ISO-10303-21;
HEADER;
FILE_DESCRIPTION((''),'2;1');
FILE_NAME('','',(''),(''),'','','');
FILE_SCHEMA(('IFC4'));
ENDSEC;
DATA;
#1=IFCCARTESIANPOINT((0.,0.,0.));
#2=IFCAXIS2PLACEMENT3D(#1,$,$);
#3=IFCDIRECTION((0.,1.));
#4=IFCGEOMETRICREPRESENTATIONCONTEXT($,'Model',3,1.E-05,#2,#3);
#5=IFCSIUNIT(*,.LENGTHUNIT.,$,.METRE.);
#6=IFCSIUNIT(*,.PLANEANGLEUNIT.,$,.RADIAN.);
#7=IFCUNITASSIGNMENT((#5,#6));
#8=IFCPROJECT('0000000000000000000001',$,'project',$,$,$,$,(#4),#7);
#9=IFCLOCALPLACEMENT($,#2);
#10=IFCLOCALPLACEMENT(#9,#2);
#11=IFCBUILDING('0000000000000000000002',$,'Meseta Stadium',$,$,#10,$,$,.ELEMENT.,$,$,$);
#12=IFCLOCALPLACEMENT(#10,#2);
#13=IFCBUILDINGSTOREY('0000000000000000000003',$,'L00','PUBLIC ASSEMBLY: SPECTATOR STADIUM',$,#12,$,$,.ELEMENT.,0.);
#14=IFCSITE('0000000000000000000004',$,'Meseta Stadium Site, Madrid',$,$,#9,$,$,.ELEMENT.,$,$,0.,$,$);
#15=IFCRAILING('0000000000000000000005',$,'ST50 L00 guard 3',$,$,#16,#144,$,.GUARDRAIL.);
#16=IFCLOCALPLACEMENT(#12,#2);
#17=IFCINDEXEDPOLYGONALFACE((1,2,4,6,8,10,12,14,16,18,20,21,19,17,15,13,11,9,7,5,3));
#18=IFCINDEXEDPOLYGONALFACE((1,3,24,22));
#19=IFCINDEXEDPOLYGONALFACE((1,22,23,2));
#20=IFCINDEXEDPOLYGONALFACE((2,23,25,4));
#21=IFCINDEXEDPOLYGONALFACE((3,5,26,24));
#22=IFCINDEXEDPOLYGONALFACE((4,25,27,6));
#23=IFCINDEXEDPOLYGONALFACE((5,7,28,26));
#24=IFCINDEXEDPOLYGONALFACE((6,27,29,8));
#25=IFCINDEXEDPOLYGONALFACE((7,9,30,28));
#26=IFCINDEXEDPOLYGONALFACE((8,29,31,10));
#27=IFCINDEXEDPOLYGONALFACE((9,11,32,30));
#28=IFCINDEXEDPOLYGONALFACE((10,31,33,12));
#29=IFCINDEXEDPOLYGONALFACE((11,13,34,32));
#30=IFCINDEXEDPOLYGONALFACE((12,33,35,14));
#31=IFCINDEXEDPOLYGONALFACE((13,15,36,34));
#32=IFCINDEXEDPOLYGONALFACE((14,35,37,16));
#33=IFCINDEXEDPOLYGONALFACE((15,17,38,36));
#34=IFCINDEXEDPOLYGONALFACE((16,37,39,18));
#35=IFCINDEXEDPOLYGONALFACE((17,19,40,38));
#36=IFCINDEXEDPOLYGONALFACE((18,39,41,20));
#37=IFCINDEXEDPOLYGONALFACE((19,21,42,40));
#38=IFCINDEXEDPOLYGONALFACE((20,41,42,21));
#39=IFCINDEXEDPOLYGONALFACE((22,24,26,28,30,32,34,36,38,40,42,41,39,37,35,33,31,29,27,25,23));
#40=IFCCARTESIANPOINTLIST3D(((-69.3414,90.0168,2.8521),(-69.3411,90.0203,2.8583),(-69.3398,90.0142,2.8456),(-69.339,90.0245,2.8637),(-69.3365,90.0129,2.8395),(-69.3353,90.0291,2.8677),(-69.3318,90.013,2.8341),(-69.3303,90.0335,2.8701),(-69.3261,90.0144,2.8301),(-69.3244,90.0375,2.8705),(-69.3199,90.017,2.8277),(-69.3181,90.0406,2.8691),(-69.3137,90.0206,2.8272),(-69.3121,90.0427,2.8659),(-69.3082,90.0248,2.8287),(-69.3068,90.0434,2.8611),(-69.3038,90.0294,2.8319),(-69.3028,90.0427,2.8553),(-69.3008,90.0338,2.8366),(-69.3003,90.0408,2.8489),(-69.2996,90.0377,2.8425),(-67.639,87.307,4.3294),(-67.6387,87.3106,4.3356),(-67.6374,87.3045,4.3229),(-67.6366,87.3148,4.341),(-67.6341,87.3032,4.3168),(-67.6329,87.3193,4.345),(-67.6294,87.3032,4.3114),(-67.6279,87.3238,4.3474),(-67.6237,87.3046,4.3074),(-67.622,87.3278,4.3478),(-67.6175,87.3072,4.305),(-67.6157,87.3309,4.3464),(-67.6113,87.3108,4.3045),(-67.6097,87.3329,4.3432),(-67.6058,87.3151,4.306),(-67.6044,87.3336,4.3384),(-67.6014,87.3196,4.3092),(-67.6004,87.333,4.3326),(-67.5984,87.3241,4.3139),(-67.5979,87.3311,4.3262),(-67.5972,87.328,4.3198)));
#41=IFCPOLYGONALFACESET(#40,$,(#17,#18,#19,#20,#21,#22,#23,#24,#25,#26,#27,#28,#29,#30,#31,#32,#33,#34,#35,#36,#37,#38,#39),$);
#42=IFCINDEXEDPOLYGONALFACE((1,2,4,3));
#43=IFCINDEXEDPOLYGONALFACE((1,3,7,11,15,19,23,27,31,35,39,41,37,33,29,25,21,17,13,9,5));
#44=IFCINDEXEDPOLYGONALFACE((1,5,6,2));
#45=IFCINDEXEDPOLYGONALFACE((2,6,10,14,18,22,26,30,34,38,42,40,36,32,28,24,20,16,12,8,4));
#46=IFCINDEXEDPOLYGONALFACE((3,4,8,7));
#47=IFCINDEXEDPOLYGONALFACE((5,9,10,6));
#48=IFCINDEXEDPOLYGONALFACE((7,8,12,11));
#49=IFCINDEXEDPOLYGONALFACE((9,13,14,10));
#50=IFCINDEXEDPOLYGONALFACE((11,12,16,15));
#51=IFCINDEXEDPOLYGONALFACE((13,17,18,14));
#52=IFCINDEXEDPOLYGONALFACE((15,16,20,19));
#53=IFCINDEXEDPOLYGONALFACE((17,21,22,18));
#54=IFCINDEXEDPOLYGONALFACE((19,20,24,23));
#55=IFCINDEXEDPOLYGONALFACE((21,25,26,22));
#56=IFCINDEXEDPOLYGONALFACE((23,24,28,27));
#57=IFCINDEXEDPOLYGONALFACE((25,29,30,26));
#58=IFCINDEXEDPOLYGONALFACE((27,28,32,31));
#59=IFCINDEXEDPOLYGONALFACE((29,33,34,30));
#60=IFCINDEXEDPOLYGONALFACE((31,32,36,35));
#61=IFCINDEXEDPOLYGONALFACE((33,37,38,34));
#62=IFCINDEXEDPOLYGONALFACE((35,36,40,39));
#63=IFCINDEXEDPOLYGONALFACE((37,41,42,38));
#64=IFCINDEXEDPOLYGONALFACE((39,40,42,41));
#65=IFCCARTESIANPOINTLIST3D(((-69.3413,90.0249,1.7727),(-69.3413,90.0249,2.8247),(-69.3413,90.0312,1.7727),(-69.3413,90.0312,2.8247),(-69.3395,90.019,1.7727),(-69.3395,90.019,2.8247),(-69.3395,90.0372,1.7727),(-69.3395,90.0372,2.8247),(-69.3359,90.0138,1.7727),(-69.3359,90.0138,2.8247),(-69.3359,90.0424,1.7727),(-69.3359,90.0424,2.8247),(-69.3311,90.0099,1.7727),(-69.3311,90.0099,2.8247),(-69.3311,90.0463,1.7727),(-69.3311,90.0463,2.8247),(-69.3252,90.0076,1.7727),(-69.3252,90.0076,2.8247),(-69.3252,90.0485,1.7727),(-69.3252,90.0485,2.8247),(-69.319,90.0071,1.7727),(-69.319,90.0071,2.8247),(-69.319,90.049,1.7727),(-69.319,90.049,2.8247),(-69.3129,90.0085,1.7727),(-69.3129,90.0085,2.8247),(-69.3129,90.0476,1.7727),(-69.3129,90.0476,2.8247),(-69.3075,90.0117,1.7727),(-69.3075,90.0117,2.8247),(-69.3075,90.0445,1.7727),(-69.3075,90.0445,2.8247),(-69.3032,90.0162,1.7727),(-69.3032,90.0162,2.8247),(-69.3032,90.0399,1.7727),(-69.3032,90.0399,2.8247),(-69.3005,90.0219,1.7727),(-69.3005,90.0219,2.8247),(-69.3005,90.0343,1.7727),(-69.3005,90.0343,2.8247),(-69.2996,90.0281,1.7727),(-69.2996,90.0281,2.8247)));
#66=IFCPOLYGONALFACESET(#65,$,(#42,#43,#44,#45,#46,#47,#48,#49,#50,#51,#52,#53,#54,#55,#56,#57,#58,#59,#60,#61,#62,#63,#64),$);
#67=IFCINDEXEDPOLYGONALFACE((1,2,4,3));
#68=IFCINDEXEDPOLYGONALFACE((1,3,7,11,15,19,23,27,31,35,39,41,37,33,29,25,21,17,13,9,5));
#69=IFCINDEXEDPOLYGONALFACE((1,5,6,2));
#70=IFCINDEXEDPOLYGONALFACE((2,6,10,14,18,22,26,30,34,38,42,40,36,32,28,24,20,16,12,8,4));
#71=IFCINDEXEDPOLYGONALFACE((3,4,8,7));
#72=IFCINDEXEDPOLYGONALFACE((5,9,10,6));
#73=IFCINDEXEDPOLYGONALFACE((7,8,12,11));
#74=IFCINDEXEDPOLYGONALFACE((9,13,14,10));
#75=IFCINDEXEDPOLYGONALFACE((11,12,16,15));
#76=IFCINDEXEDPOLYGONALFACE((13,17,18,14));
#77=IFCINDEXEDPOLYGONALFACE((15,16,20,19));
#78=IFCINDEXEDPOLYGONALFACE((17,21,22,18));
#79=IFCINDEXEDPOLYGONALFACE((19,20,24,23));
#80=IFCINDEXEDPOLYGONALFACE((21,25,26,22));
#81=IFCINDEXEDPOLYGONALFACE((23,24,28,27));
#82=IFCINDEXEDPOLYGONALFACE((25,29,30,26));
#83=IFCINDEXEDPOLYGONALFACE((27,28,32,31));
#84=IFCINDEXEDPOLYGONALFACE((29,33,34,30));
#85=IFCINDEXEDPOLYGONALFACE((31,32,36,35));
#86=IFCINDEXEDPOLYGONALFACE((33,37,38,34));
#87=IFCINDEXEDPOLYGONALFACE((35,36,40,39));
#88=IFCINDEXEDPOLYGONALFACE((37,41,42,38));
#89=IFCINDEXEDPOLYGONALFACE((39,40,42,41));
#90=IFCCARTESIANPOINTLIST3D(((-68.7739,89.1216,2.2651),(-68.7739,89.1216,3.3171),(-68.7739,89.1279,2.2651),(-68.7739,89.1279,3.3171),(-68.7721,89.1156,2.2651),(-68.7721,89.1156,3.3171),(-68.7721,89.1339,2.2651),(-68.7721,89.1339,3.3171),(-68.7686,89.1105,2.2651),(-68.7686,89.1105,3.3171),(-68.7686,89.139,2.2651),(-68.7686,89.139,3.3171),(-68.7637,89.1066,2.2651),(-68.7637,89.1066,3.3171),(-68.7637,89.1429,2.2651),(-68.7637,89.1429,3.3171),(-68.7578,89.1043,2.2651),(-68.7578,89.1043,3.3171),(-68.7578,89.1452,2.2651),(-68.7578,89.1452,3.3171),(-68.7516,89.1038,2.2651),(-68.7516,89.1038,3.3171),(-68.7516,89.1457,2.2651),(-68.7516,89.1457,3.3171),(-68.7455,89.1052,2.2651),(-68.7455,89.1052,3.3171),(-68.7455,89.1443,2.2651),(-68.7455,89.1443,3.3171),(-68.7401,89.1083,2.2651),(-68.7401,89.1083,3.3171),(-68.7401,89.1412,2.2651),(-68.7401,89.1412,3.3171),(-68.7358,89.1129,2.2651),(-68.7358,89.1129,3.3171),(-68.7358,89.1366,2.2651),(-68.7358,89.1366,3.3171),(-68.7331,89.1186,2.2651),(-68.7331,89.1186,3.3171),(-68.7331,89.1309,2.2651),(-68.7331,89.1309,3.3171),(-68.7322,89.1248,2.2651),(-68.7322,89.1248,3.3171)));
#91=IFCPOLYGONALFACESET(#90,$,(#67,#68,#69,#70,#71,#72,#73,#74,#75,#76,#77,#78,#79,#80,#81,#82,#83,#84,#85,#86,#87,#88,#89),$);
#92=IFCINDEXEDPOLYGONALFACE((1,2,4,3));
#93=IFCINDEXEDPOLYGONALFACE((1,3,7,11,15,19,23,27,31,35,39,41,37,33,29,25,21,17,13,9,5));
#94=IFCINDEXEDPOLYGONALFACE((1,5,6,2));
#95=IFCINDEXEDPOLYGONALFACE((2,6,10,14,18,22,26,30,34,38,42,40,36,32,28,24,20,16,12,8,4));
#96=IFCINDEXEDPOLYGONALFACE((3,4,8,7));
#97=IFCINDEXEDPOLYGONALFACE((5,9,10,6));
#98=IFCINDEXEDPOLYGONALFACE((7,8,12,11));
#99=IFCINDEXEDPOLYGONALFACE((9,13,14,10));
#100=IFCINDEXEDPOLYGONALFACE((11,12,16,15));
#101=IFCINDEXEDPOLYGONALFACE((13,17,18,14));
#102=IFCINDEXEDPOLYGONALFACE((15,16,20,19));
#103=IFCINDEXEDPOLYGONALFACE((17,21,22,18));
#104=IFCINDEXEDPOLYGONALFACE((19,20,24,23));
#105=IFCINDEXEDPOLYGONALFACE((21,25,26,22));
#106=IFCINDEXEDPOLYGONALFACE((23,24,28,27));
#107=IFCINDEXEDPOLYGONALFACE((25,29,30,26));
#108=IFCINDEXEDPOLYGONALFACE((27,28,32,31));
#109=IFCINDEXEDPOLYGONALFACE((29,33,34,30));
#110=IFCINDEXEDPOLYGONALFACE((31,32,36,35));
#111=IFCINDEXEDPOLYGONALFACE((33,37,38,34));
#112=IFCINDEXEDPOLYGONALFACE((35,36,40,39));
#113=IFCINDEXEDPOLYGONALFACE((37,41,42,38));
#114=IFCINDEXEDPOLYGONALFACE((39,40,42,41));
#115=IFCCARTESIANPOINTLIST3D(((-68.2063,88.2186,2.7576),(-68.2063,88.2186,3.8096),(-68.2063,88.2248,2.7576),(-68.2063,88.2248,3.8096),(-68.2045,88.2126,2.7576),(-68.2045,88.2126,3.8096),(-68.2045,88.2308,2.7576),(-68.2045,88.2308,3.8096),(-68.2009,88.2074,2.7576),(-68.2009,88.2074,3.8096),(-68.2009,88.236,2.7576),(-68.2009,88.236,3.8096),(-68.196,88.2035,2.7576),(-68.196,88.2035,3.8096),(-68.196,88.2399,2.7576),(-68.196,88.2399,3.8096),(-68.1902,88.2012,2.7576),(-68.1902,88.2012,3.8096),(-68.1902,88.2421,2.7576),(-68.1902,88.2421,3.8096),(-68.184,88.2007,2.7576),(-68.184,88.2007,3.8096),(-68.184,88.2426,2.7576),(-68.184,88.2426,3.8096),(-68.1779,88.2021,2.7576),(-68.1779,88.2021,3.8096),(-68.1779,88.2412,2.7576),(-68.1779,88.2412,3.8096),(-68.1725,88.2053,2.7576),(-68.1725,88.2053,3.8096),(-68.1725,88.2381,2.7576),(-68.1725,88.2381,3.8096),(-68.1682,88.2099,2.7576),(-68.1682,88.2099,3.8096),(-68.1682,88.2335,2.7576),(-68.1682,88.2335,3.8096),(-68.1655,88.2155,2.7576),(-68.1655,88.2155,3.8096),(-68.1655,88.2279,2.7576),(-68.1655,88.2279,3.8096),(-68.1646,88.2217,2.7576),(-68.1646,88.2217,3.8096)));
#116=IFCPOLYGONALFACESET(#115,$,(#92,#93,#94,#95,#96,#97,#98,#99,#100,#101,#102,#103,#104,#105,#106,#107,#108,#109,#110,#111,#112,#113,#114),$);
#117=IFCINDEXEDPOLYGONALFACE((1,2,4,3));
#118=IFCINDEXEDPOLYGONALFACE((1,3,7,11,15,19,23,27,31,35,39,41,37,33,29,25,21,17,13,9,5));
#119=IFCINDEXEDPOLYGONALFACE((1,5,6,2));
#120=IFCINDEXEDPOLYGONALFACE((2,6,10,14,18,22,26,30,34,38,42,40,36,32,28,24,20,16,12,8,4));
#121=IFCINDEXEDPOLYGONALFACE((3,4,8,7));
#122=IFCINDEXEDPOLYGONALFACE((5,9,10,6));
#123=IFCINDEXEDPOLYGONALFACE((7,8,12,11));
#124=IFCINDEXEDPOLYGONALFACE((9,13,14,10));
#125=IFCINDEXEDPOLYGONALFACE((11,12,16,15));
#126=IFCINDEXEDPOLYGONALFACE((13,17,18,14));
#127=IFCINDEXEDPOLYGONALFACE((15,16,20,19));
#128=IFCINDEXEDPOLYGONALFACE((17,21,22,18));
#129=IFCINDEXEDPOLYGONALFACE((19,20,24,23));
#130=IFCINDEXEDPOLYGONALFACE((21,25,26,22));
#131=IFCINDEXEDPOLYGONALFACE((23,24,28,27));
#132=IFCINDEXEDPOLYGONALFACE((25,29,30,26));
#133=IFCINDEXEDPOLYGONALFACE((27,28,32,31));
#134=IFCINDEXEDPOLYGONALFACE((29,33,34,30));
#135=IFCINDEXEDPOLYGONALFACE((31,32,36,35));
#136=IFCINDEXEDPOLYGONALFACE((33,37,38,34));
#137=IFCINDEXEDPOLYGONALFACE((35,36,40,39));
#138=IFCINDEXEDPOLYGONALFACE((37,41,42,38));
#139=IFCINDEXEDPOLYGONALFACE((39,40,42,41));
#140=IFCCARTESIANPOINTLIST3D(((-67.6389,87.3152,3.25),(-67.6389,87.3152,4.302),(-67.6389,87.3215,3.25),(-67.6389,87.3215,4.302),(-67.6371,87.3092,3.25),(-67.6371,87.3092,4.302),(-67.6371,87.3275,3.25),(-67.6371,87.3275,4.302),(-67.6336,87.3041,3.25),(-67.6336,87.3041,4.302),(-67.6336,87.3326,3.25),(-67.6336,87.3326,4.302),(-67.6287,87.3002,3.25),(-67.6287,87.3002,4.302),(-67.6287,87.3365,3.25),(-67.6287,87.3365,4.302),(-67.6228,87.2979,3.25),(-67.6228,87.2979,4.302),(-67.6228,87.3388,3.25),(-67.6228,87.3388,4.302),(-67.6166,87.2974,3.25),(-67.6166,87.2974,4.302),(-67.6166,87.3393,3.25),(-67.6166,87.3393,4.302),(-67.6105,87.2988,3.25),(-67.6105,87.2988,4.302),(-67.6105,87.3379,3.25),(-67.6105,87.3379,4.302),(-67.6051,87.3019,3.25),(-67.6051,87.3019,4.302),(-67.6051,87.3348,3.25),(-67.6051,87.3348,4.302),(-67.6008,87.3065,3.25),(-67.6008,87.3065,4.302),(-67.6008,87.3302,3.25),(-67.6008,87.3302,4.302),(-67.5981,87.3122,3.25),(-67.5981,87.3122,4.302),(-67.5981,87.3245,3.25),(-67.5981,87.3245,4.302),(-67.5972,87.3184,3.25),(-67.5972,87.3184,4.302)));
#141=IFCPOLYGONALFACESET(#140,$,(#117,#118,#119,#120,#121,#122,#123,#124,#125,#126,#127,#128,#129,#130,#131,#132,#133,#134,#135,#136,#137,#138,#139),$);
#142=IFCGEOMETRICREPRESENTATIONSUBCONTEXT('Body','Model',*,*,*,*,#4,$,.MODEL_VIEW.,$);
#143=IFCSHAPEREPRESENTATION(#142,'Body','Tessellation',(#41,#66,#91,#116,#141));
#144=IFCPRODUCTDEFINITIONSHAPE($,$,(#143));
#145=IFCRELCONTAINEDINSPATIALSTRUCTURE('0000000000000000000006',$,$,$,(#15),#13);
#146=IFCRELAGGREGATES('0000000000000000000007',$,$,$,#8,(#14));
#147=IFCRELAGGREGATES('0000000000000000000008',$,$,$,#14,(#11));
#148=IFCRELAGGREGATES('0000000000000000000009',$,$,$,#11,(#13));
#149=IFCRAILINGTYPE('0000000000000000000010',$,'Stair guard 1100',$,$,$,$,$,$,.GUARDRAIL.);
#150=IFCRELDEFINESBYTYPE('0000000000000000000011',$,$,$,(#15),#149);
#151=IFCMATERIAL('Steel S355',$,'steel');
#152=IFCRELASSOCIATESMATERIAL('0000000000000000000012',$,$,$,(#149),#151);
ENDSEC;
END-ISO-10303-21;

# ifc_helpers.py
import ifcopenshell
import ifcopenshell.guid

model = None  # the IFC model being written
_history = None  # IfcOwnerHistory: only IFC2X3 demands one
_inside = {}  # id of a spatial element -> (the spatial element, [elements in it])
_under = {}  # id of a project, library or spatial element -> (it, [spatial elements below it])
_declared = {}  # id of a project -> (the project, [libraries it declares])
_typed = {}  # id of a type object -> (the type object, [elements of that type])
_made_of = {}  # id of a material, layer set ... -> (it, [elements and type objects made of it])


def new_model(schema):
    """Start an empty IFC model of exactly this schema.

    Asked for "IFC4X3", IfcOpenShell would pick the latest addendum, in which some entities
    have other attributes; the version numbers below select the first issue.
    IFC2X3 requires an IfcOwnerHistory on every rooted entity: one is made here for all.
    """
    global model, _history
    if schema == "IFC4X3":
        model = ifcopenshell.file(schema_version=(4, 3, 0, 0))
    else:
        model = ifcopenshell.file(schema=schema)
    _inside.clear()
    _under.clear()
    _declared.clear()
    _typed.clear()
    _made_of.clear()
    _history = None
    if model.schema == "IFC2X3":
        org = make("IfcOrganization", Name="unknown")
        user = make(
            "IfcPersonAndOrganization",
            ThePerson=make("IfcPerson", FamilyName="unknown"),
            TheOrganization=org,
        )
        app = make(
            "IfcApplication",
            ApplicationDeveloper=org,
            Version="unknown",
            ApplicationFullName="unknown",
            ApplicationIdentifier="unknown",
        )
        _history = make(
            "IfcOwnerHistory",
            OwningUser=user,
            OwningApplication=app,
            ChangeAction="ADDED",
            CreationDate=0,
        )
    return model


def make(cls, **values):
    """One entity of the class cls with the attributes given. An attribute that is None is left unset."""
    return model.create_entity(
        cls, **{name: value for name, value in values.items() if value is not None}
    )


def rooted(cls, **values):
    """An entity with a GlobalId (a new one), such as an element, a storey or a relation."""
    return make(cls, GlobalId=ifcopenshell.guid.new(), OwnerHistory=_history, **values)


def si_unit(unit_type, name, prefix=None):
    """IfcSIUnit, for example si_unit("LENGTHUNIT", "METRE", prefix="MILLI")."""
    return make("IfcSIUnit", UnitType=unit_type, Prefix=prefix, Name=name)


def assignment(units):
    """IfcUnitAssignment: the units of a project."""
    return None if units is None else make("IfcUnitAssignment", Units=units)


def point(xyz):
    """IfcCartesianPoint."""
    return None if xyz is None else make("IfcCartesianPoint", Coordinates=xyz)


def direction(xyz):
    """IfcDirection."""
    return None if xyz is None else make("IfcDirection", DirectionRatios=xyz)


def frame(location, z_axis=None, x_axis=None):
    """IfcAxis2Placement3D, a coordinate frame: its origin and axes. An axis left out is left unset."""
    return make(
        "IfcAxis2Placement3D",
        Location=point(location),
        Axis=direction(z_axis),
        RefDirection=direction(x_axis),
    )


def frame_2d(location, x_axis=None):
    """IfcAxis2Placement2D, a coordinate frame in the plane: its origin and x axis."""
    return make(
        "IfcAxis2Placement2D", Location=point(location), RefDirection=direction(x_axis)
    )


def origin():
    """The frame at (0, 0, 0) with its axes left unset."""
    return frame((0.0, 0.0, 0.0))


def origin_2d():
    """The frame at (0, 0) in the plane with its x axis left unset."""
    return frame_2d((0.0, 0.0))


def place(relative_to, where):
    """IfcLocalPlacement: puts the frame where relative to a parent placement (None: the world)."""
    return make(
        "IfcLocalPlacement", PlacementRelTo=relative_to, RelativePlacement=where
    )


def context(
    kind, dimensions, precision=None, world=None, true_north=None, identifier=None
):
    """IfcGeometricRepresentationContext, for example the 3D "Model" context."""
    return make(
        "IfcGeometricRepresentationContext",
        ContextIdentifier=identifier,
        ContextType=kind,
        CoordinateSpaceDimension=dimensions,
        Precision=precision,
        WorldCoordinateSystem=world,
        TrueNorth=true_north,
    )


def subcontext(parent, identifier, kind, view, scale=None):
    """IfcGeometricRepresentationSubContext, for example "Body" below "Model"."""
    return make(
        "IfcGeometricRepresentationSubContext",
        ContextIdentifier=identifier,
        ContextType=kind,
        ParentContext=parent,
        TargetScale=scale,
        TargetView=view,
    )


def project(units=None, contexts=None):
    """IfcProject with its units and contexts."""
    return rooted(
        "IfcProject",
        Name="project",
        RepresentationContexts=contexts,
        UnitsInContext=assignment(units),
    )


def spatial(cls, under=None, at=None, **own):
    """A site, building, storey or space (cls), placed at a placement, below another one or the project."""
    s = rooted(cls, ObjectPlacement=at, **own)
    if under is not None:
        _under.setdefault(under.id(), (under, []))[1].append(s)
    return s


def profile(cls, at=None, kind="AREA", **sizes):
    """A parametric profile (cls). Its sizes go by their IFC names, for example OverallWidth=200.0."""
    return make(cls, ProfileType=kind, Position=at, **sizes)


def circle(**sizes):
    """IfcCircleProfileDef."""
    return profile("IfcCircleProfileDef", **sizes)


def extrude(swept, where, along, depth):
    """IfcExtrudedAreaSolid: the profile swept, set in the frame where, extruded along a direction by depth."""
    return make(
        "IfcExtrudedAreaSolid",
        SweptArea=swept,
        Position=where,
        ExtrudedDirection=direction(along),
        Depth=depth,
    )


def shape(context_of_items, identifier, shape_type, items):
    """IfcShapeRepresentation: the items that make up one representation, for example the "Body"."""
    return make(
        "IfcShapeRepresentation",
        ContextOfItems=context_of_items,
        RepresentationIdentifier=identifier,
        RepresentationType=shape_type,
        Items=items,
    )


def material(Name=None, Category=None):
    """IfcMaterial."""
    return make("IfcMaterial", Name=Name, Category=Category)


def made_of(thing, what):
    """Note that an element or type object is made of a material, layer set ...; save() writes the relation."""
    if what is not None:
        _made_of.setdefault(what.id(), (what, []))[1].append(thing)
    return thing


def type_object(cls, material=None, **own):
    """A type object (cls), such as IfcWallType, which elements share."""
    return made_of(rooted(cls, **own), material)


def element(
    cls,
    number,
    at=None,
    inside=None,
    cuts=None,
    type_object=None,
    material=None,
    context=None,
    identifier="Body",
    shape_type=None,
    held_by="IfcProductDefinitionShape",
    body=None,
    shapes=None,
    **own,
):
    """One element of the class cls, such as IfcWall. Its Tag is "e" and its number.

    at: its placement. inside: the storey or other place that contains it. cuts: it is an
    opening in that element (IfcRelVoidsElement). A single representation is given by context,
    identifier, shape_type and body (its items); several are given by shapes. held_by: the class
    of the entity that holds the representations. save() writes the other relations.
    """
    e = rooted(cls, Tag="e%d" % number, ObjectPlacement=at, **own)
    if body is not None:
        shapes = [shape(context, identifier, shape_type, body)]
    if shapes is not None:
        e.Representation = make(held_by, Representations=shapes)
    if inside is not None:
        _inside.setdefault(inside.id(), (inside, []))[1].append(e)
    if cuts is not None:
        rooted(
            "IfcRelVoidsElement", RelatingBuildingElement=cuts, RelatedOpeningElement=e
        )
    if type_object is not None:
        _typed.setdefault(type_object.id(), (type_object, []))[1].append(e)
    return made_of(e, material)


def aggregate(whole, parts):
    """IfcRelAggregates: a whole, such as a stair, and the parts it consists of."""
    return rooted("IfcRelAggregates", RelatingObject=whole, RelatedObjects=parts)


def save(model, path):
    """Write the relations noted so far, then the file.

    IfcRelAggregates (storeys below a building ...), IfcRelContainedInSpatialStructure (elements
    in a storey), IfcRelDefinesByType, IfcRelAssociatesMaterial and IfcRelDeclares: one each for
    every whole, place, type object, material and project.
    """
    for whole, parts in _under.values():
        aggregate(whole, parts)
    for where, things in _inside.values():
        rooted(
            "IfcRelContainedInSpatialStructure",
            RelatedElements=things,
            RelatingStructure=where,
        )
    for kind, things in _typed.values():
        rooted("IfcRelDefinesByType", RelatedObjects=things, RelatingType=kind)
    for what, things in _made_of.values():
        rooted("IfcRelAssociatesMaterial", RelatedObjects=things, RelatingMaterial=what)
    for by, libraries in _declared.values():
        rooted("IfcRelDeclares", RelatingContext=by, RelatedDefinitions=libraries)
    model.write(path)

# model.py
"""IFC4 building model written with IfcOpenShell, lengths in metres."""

from ifc_helpers import new_model, si_unit, direction, frame, origin, origin_2d, place, context, subcontext, project, spatial, circle, extrude, material, type_object, element, save


model = new_model("IFC4")

# Units and contexts
model_context = context("Model", 3, precision=1e-05, world=origin(), true_north=direction((0.0, 1.0)))
body_context = subcontext(model_context, "Body", "Model", "MODEL_VIEW")
ifc_project = project(units=[si_unit("LENGTHUNIT", "METRE"), si_unit("PLANEANGLEUNIT", "RADIAN")], contexts=[model_context])

# Site, building, storey
site_placement = place(None, origin())
site = spatial("IfcSite", under=ifc_project, at=site_placement, Name="Meseta Stadium Site, Madrid", CompositionType="ELEMENT", RefElevation=0.0)
building_placement = place(site_placement, origin())
building = spatial("IfcBuilding", under=site, at=building_placement, Name="Meseta Stadium", CompositionType="ELEMENT")
storey_placement = place(building_placement, origin())
storey = spatial("IfcBuildingStorey", under=building, at=storey_placement, Name="L00", Description="PUBLIC ASSEMBLY: SPECTATOR STADIUM", CompositionType="ELEMENT", Elevation=0.0)

# Railing
ifc_material_1 = material(Name="Steel S355", Category="steel")
railing_type_1 = type_object("IfcRailingType", Name="Stair guard 1100", PredefinedType="GUARDRAIL", material=ifc_material_1)
railing_1_placement = place(storey_placement, frame((-69.3206, 90.0281, 1.7727)))
element("IfcRailing", 1, at=railing_1_placement, inside=storey, type_object=railing_type_1, Name="ST50 L00 guard 3", PredefinedType="GUARDRAIL", context=body_context, shape_type="SweptSolid", body=[
    extrude(circle(Radius=0.0239, at=origin_2d()), frame((0.0, 0.0, 1.0762), z_axis=(0.482997, -0.768792, 0.419133), x_axis=(0.846757, 0.531979, 0.0)), (0.0, 0.0, 1.0), 3.5247),
    extrude(circle(Radius=0.021, at=origin_2d()), origin(), (0.0, 0.0, 1.0), 1.052),
    extrude(circle(Radius=0.021, at=origin_2d()), frame((0.5674, -0.9033, 0.4924)), (0.0, 0.0, 1.0), 1.052),
    extrude(circle(Radius=0.021, at=origin_2d()), frame((1.135, -1.8064, 0.9849)), (0.0, 0.0, 1.0), 1.052),
    extrude(circle(Radius=0.021, at=origin_2d()), frame((1.7024, -2.7097, 1.4773)), (0.0, 0.0, 1.0), 1.052),
])

save(model, "model.ifc")
